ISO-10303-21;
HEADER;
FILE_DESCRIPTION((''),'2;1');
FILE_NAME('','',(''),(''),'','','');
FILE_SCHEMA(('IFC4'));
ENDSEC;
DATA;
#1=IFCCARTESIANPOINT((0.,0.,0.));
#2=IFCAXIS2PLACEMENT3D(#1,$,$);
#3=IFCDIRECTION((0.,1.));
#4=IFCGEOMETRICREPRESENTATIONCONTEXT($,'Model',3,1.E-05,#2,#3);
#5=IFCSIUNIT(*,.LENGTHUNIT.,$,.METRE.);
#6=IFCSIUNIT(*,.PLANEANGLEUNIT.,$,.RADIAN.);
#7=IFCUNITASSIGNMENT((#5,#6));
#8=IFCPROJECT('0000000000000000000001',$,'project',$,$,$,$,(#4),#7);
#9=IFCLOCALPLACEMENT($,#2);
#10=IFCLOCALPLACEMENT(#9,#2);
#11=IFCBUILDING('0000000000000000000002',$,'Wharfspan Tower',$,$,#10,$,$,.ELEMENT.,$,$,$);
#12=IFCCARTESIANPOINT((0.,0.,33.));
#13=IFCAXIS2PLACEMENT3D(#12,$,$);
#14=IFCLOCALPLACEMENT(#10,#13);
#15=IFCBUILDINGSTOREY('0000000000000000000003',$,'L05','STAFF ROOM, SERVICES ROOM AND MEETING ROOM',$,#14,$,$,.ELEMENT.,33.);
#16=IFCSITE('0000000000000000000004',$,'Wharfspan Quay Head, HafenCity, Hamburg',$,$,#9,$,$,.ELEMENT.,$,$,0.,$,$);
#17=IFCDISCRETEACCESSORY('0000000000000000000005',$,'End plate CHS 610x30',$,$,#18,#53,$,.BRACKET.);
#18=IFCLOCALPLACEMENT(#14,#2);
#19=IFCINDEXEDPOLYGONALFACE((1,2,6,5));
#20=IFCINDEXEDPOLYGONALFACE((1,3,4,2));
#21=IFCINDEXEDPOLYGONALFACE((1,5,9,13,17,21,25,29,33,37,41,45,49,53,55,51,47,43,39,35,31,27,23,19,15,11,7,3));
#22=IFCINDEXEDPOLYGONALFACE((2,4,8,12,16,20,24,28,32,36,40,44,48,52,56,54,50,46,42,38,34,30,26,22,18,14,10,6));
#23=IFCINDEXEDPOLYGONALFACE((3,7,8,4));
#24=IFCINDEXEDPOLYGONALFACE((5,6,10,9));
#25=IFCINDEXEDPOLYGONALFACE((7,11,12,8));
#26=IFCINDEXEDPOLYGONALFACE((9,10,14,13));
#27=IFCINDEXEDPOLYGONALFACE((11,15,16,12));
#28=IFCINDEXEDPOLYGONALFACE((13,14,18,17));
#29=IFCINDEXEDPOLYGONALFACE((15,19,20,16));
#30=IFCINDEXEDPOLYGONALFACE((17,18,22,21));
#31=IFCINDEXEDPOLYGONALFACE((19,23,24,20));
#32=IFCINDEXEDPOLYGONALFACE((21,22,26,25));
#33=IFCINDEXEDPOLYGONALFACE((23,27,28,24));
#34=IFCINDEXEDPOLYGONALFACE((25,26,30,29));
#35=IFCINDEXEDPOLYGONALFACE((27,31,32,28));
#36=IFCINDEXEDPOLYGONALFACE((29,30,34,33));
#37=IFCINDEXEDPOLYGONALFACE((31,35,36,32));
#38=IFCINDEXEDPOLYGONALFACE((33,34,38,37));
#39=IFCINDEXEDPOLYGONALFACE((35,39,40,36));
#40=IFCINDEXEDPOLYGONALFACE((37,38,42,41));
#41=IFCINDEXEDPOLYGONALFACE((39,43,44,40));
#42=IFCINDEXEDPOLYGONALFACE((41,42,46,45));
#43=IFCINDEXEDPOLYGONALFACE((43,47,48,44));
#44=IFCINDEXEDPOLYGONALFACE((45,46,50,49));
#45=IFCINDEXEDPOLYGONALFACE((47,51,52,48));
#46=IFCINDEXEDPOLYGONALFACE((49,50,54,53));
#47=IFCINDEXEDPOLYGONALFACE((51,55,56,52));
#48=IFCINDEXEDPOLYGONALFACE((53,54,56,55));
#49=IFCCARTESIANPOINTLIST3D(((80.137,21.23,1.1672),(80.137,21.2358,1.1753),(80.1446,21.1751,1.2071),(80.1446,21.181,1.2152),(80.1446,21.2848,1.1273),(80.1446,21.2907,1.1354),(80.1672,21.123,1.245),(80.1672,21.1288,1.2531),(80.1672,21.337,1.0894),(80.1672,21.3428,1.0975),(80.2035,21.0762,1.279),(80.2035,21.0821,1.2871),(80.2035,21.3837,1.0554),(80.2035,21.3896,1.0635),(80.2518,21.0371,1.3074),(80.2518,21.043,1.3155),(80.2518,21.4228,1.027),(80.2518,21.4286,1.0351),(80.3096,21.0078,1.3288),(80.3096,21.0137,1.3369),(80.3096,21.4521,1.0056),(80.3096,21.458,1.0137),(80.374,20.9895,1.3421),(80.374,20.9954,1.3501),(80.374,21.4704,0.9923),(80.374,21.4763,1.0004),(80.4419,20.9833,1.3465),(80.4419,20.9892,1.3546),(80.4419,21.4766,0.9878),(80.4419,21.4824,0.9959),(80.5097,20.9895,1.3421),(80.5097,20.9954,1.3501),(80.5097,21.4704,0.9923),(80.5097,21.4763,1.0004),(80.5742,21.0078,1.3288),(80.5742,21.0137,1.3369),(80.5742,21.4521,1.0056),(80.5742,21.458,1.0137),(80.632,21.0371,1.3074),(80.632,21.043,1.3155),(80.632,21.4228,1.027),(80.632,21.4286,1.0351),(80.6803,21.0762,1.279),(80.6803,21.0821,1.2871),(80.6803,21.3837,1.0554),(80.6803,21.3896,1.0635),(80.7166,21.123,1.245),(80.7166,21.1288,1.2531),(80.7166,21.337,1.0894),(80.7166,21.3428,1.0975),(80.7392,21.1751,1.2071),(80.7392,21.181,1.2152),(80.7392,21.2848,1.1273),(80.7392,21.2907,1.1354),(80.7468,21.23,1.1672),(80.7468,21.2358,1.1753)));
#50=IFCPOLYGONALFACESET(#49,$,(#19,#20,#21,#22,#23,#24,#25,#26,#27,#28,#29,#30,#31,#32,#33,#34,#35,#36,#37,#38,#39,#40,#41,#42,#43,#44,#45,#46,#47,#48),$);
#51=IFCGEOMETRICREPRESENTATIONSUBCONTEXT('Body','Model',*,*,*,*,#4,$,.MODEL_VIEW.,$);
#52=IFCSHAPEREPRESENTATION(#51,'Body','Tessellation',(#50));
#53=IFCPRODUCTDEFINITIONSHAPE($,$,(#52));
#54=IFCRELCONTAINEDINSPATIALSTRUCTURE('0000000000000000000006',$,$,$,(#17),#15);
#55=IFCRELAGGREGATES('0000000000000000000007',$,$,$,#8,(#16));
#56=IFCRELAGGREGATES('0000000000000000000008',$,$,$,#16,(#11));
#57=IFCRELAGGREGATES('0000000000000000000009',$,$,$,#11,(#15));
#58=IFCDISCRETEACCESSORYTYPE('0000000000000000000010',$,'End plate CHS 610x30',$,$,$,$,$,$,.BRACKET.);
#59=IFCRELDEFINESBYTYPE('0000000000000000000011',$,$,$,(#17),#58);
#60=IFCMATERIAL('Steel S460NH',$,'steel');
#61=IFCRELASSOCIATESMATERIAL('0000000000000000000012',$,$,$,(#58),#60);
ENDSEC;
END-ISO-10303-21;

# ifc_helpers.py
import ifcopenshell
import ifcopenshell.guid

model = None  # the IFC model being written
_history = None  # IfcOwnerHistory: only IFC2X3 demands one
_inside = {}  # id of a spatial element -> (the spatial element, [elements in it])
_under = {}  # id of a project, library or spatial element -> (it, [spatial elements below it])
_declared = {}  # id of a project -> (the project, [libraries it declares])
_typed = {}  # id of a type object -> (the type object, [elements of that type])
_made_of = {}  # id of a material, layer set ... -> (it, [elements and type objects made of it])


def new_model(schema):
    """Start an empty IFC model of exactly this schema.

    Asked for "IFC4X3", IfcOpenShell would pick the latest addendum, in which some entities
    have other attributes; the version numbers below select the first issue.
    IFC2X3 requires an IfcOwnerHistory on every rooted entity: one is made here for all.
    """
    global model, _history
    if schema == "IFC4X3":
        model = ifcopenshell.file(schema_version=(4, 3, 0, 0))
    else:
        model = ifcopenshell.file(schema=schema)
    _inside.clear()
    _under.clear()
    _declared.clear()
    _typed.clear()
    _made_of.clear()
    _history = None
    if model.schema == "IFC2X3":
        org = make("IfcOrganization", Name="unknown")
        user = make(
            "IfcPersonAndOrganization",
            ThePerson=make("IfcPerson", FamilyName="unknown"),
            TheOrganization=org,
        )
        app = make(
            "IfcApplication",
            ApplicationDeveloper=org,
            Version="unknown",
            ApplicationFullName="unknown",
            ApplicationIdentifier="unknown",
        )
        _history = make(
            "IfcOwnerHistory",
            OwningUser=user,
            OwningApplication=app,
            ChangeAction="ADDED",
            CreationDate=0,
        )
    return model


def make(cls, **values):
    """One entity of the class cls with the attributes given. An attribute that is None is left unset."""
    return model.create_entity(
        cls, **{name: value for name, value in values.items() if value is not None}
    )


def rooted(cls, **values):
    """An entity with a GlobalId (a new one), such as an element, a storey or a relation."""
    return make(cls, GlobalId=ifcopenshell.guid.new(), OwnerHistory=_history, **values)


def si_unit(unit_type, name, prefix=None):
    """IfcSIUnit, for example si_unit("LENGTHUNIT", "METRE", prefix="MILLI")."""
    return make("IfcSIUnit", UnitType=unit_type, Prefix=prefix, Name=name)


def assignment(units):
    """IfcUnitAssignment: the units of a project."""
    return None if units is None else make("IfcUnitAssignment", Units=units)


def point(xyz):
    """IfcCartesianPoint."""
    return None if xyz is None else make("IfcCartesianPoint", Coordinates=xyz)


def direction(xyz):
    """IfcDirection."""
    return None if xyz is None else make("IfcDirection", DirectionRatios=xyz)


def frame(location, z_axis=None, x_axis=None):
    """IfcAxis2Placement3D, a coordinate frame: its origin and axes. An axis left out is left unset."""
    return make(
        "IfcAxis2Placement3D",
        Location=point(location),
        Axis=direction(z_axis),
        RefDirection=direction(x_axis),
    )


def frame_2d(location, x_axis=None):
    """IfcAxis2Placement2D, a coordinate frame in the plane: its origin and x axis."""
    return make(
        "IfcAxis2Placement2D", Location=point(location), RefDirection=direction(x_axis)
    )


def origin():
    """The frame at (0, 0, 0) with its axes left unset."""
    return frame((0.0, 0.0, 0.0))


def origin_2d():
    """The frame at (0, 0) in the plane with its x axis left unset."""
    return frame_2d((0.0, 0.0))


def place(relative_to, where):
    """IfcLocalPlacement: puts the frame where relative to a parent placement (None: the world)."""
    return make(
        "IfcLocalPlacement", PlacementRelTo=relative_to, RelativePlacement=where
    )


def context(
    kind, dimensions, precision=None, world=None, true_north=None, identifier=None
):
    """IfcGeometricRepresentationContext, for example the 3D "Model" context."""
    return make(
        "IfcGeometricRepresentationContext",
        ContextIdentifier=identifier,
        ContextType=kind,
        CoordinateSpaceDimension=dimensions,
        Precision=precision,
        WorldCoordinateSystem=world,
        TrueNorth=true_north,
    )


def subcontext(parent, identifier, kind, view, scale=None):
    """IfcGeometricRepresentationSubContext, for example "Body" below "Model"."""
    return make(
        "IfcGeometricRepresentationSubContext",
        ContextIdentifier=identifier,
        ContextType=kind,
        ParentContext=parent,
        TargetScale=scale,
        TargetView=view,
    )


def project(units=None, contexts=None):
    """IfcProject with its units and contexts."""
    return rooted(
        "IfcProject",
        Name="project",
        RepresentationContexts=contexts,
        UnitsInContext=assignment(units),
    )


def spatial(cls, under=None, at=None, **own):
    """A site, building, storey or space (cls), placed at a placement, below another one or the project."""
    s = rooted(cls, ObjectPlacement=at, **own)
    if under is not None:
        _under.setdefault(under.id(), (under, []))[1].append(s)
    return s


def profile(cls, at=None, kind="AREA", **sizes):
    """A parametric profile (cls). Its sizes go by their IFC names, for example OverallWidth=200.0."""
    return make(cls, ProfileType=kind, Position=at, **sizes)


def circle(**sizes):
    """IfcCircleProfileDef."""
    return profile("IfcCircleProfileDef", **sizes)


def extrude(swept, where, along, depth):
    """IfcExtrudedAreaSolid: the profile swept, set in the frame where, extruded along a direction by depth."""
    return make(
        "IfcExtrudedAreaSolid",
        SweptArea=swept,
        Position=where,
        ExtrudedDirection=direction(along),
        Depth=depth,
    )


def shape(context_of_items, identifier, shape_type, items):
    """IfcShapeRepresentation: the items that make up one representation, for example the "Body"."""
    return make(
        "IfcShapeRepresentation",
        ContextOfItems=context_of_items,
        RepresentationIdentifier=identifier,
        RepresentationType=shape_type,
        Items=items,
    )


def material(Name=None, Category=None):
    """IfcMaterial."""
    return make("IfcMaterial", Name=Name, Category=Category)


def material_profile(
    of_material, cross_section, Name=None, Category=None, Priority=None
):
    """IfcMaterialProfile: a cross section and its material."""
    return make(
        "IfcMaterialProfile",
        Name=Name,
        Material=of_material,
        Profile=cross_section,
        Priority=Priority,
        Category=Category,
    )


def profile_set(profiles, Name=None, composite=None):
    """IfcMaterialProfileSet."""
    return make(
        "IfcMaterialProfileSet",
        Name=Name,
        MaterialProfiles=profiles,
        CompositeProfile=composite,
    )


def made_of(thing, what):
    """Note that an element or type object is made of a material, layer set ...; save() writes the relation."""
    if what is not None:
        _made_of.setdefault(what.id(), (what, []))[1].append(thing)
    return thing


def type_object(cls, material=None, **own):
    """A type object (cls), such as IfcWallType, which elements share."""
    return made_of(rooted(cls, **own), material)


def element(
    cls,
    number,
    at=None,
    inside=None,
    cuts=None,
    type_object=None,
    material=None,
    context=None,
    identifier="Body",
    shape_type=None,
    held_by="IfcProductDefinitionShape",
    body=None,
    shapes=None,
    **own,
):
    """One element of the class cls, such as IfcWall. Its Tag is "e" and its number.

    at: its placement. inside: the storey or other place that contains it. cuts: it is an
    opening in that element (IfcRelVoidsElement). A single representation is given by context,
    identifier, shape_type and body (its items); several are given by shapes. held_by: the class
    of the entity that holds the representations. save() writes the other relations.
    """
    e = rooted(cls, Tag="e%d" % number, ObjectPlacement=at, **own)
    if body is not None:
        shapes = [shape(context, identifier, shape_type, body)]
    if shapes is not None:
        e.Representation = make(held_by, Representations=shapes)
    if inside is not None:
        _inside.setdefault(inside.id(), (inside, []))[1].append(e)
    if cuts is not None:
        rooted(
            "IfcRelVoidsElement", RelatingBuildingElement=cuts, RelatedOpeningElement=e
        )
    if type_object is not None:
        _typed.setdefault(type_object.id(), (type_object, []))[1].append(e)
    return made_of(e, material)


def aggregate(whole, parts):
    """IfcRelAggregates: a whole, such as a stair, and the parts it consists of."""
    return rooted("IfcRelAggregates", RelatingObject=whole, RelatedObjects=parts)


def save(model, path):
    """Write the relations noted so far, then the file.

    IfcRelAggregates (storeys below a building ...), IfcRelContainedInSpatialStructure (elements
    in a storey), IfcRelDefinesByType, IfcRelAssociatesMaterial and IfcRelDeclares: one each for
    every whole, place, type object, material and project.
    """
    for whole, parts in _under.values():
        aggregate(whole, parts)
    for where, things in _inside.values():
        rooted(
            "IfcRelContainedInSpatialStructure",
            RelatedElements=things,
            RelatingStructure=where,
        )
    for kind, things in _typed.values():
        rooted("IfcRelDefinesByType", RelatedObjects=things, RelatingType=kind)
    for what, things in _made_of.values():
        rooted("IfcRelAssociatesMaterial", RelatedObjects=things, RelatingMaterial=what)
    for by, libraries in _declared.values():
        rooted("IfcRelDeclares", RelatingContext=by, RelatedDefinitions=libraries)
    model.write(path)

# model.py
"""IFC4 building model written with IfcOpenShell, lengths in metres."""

from ifc_helpers import new_model, si_unit, direction, frame, origin, origin_2d, place, context, subcontext, project, spatial, circle, extrude, material, material_profile, profile_set, type_object, element, save


model = new_model("IFC4")

# Units and contexts
model_context = context("Model", 3, precision=1e-05, world=origin(), true_north=direction((0.0, 1.0)))
body_context = subcontext(model_context, "Body", "Model", "MODEL_VIEW")
ifc_project = project(units=[si_unit("LENGTHUNIT", "METRE"), si_unit("PLANEANGLEUNIT", "RADIAN")], contexts=[model_context])

# Site, building, storey
site_placement = place(None, origin())
site = spatial("IfcSite", under=ifc_project, at=site_placement, Name="Wharfspan Quay Head, HafenCity, Hamburg", CompositionType="ELEMENT", RefElevation=0.0)
building_placement = place(site_placement, origin())
building = spatial("IfcBuilding", under=site, at=building_placement, Name="Wharfspan Tower", CompositionType="ELEMENT")
storey_placement = place(building_placement, frame((0.0, 0.0, 33.0)))
storey = spatial("IfcBuildingStorey", under=building, at=storey_placement, Name="L05", Description="STAFF ROOM, SERVICES ROOM AND MEETING ROOM", CompositionType="ELEMENT", Elevation=33.0)

# Shared definitions
ifc_material_1 = material(Name="Steel S460NH", Category="steel")

# Discrete accessory
ifc_material_profile_1 = material_profile(ifc_material_1, circle(Radius=0.3049, at=origin_2d()))
ifc_profile_set_1 = profile_set([ifc_material_profile_1], Name="Steel S460NH")
discrete_accessory_type = type_object("IfcDiscreteAccessoryType", Name="End plate CHS 610x30", PredefinedType="BRACKET", material=ifc_profile_set_1)
for number, where, z_axis, x_axis, name in (
    (1, (80.4419, 21.2358, 1.1753), (0.0, -0.588172, -0.808736), (1.0, 0.0, 0.0), "End plate CHS 610x30"),
):
    element("IfcDiscreteAccessory", number, at=place(storey_placement, frame(where, z_axis=z_axis, x_axis=x_axis)), inside=storey, type_object=discrete_accessory_type, Name=name, PredefinedType="BRACKET", context=body_context, shape_type="SweptSolid", body=[
        extrude(circle(Radius=0.3049, at=origin_2d()), origin(), (0.0, 0.0, 1.0), 0.01),
    ])

save(model, "model.ifc")
